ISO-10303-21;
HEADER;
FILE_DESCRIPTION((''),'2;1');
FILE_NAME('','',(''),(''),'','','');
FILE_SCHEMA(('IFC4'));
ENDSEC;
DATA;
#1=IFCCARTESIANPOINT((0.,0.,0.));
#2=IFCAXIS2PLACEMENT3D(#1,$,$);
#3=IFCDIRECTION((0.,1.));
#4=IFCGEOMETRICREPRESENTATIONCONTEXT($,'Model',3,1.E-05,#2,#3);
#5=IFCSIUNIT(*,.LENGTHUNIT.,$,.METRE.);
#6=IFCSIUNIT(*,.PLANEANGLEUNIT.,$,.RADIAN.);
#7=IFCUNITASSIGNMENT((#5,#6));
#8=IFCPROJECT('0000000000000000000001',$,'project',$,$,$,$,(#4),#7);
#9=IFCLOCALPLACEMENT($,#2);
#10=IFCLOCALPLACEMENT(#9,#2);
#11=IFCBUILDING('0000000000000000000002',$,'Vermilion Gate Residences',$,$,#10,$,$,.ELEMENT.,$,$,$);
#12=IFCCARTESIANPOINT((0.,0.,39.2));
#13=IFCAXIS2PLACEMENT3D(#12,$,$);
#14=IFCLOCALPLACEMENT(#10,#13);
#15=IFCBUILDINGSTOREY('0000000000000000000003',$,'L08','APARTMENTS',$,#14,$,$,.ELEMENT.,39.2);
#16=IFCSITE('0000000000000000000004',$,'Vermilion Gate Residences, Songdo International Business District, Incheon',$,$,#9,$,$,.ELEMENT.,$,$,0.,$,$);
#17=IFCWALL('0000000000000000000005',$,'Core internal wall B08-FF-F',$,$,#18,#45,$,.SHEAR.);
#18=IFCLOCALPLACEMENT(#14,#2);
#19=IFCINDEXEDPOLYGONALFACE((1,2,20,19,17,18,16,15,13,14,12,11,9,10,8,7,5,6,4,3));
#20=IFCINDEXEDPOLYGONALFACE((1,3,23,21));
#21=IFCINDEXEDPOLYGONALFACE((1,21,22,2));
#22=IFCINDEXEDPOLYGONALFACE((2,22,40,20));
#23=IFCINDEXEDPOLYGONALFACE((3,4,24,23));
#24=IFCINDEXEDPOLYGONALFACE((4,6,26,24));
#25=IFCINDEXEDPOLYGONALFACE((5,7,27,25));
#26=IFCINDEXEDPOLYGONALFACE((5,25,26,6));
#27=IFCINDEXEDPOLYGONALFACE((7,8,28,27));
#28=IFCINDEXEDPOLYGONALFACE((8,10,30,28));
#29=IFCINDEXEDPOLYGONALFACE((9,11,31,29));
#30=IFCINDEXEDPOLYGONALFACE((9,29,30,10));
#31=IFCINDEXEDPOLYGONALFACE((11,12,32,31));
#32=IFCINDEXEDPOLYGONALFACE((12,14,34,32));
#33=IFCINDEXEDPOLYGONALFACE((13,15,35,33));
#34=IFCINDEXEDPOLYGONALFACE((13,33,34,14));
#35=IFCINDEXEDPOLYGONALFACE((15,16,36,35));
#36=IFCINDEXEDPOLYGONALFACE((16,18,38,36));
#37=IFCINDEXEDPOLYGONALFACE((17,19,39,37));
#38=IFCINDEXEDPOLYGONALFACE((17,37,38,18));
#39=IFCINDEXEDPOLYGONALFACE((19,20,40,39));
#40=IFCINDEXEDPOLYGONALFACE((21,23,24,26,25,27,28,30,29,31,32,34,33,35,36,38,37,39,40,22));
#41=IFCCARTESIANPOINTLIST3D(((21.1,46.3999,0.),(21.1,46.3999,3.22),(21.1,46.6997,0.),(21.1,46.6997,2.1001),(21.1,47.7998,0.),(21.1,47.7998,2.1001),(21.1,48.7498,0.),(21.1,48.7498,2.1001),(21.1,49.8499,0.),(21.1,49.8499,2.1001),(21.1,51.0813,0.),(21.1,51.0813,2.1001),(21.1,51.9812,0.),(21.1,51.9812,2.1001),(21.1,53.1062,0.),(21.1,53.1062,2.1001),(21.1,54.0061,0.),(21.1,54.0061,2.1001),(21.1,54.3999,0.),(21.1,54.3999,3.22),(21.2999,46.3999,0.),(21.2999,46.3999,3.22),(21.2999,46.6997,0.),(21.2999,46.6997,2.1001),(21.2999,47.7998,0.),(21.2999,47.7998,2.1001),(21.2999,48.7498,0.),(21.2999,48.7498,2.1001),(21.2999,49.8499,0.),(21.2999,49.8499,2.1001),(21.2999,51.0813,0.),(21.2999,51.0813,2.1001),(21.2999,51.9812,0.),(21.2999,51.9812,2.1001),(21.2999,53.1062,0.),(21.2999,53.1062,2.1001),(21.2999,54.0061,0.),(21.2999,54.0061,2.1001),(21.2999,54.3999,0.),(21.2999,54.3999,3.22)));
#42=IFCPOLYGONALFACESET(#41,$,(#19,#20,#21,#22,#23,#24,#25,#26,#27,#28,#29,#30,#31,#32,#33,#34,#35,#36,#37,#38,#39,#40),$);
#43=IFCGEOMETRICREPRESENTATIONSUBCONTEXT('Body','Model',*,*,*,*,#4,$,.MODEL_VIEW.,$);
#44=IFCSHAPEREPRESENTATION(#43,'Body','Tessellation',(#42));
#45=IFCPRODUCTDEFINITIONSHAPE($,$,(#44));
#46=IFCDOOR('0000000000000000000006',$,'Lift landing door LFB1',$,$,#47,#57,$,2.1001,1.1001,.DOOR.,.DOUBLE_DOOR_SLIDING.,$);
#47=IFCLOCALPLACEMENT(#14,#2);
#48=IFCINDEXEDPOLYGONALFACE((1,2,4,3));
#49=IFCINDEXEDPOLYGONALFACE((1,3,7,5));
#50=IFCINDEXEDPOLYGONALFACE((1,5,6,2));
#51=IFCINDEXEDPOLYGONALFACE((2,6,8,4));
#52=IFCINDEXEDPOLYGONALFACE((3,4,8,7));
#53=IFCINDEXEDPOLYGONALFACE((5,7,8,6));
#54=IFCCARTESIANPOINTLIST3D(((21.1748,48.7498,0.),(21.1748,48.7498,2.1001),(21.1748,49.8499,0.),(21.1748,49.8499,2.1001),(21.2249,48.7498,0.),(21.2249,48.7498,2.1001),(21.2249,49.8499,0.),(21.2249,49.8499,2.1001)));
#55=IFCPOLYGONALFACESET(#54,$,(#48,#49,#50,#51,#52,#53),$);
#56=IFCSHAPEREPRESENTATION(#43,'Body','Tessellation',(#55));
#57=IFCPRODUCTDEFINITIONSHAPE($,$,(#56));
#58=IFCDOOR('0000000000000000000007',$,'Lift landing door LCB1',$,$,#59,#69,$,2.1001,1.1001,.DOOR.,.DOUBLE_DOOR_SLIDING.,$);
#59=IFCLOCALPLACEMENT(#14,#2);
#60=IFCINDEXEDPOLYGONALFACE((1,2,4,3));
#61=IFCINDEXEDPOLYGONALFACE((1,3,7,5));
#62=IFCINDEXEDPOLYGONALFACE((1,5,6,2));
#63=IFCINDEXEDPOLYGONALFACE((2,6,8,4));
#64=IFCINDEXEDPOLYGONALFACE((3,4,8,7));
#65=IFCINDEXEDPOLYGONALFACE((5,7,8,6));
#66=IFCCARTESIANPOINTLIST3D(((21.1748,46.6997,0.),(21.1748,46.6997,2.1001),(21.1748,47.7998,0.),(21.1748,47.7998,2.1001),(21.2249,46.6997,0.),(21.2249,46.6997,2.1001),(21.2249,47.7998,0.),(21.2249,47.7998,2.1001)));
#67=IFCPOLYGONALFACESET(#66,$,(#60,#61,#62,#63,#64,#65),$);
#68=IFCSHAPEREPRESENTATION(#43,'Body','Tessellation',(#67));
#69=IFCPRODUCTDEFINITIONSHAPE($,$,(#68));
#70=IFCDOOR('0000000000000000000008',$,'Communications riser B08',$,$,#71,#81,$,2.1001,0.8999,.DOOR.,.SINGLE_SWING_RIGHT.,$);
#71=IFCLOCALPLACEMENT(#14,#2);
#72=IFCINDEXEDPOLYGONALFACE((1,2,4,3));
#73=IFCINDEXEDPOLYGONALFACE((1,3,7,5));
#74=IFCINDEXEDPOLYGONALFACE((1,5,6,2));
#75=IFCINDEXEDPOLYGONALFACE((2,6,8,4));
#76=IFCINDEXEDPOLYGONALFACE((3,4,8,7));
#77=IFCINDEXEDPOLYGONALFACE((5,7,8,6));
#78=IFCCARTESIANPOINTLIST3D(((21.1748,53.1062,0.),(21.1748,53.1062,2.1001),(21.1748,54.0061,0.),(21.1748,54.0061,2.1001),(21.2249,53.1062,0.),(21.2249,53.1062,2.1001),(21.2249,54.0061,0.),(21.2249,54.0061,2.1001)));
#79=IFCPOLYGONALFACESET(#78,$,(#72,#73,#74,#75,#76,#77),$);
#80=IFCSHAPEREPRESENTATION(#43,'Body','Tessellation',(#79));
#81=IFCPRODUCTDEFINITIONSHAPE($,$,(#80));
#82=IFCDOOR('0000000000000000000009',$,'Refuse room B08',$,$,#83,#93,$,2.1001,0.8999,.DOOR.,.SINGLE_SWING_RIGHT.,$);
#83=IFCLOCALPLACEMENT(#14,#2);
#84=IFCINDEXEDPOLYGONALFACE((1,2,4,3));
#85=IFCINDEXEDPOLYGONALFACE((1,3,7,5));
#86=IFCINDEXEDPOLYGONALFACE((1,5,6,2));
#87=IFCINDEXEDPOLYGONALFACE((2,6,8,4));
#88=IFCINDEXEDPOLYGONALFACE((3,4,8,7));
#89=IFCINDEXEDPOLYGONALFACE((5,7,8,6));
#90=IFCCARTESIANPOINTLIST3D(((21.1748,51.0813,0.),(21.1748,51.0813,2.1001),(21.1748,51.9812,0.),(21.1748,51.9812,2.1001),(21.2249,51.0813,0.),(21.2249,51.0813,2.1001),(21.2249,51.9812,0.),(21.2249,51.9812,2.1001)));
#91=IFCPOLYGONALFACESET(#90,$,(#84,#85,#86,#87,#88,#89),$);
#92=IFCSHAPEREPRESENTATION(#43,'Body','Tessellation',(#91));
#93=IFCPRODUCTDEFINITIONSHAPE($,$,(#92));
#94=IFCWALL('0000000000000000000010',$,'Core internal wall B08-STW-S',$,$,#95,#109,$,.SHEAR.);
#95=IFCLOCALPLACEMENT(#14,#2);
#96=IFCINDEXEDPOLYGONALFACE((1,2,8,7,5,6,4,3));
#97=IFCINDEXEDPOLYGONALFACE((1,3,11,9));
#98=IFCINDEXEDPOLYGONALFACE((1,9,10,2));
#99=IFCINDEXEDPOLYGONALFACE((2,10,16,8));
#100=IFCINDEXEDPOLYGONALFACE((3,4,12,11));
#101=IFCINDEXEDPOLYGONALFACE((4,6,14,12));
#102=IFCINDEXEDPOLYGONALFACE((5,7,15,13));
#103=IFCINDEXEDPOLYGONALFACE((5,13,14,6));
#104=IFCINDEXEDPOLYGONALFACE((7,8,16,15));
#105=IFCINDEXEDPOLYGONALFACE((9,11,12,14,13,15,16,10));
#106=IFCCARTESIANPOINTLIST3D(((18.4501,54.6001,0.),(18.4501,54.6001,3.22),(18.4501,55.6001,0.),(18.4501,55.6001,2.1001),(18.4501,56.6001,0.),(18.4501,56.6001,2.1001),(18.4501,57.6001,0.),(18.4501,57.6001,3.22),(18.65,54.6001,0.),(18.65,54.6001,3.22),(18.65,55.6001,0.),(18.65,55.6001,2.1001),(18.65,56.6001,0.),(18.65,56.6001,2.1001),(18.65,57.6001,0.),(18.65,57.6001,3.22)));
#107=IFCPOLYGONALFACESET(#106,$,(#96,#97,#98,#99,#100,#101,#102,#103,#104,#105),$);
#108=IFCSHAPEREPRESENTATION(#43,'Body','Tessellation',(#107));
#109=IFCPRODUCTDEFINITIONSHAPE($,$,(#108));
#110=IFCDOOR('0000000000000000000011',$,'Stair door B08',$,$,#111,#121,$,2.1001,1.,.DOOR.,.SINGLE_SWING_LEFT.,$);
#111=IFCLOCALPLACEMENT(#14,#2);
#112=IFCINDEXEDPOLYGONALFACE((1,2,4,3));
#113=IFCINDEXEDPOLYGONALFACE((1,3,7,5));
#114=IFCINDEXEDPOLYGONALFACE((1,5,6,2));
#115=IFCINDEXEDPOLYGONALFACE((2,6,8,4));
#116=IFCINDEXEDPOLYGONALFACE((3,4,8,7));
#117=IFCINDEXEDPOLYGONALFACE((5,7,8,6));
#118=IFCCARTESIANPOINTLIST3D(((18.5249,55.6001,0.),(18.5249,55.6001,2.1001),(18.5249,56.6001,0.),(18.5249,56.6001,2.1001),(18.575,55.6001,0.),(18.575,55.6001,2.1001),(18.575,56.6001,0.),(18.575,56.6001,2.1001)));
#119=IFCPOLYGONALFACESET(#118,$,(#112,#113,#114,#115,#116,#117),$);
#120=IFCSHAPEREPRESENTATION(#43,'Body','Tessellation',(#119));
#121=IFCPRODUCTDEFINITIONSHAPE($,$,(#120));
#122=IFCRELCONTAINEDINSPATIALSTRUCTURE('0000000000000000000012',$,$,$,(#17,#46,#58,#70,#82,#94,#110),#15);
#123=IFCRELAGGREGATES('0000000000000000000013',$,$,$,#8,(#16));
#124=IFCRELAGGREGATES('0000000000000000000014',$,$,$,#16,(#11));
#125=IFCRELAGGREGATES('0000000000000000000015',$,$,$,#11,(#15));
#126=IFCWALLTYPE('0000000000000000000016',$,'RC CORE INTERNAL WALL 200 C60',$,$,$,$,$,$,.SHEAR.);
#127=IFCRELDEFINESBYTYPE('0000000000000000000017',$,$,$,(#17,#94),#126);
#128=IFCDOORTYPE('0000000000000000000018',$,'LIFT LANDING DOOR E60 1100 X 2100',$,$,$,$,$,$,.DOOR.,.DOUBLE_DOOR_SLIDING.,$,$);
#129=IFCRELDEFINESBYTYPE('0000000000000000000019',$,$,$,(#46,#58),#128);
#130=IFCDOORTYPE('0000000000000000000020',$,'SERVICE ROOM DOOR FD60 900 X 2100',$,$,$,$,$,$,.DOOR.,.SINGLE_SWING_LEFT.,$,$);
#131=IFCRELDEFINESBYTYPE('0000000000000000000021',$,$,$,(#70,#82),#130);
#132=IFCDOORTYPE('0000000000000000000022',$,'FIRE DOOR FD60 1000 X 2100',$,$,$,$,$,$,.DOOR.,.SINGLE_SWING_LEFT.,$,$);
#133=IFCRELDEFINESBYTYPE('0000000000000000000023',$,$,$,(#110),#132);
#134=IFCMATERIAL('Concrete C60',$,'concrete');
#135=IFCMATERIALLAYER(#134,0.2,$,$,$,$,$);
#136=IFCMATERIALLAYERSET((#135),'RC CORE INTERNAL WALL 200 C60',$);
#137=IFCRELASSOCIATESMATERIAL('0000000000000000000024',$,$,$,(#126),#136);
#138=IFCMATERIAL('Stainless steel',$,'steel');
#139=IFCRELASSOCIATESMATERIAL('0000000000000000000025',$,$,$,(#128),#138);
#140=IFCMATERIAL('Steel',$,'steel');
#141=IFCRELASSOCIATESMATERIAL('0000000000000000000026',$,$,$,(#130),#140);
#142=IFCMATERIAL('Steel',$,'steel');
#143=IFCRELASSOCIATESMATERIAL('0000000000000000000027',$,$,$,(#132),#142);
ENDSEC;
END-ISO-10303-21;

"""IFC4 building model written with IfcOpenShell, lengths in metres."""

from ifc_helpers import new_model, si_unit, direction, frame, frame_2d, origin, place, context, subcontext, project, spatial, rectangle, extrude, material, layer, layer_set, type_object, element, fill, save


model = new_model("IFC4")

# Units and contexts
model_context = context("Model", 3, precision=1e-05, world=origin(), true_north=direction((0.0, 1.0)))
body_context = subcontext(model_context, "Body", "Model", "MODEL_VIEW")
ifc_project = project(units=[si_unit("LENGTHUNIT", "METRE"), si_unit("PLANEANGLEUNIT", "RADIAN")], contexts=[model_context])

# Site, building, storey
site_placement = place(None, origin())
site = spatial("IfcSite", under=ifc_project, at=site_placement, Name="Vermilion Gate Residences, Songdo International Business District, Incheon", CompositionType="ELEMENT", RefElevation=0.0)
building_placement = place(site_placement, origin())
building = spatial("IfcBuilding", under=site, at=building_placement, Name="Vermilion Gate Residences", CompositionType="ELEMENT")
storey_placement = place(building_placement, frame((0.0, 0.0, 39.2)))
storey = spatial("IfcBuildingStorey", under=building, at=storey_placement, Name="L08", Description="APARTMENTS", CompositionType="ELEMENT", Elevation=39.2)

# Wall, openings, doors
ifc_material_1 = material(Name="Concrete C60", Category="concrete")
ifc_layer_1 = layer(ifc_material_1, 0.2)
ifc_layer_set_1 = layer_set([ifc_layer_1], Name="RC CORE INTERNAL WALL 200 C60")
wall_type_1 = type_object("IfcWallType", Name="RC CORE INTERNAL WALL 200 C60", PredefinedType="SHEAR", material=ifc_layer_set_1)
wall_1_placement = place(storey_placement, frame((21.2, 54.3999, 0.0), z_axis=(0.0, 0.0, 1.0), x_axis=(0.0, -1.0, 0.0)))
wall_1 = element("IfcWall", 1, at=wall_1_placement, inside=storey, type_object=wall_type_1, Name="Core internal wall B08-FF-F", PredefinedType="SHEAR", context=body_context, shape_type="SweptSolid", body=[
    extrude(rectangle(XDim=8.0, YDim=0.2, at=frame_2d((4.0, 0.0))), origin(), (0.0, 0.0, 1.0), 3.22),
])
opening_1_placement = place(wall_1_placement, frame((0.3938, 0.0, 0.0)))
opening_1 = element("IfcOpeningElement", 2, at=opening_1_placement, cuts=wall_1, PredefinedType="OPENING", context=body_context, shape_type="SweptSolid", body=[
    extrude(rectangle(XDim=0.8999, YDim=2.1001, at=frame_2d((0.45, 1.05))), frame((0.0, 0.1099, 0.0), z_axis=(0.0, -1.0, 0.0), x_axis=(1.0, 0.0, 0.0)), (0.0, 0.0, 1.0), 0.22),
])
opening_2_placement = place(wall_1_placement, frame((2.4187, 0.0, 0.0)))
opening_2 = element("IfcOpeningElement", 3, at=opening_2_placement, cuts=wall_1, PredefinedType="OPENING", context=body_context, shape_type="SweptSolid", body=[
    extrude(rectangle(XDim=0.8999, YDim=2.1001, at=frame_2d((0.45, 1.05))), frame((0.0, 0.1099, 0.0), z_axis=(0.0, -1.0, 0.0), x_axis=(1.0, 0.0, 0.0)), (0.0, 0.0, 1.0), 0.22),
])
opening_3_placement = place(wall_1_placement, frame((4.55, 0.0, 0.0)))
opening_3 = element("IfcOpeningElement", 4, at=opening_3_placement, cuts=wall_1, PredefinedType="OPENING", context=body_context, shape_type="SweptSolid", body=[
    extrude(rectangle(XDim=1.1001, YDim=2.1001, at=frame_2d((0.55, 1.05))), frame((0.0, 0.1099, 0.0), z_axis=(0.0, -1.0, 0.0), x_axis=(1.0, 0.0, 0.0)), (0.0, 0.0, 1.0), 0.22),
])
opening_4_placement = place(wall_1_placement, frame((6.6001, 0.0, 0.0)))
opening_4 = element("IfcOpeningElement", 5, at=opening_4_placement, cuts=wall_1, PredefinedType="OPENING", context=body_context, shape_type="SweptSolid", body=[
    extrude(rectangle(XDim=1.1001, YDim=2.1001, at=frame_2d((0.55, 1.05))), frame((0.0, 0.1099, 0.0), z_axis=(0.0, -1.0, 0.0), x_axis=(1.0, 0.0, 0.0)), (0.0, 0.0, 1.0), 0.22),
])
ifc_material_2 = material(Name="Stainless steel", Category="steel")
door_type_1 = type_object("IfcDoorType", Name="LIFT LANDING DOOR E60 1100 X 2100", OperationType="DOUBLE_DOOR_SLIDING", PredefinedType="DOOR", material=ifc_material_2)
door_1_placement = place(opening_3_placement, origin())
door_1 = element("IfcDoor", 6, at=door_1_placement, inside=storey, type_object=door_type_1, Name="Lift landing door LFB1", OperationType="DOUBLE_DOOR_SLIDING", OverallHeight=2.1001, OverallWidth=1.1001, PredefinedType="DOOR", context=body_context, shape_type="SweptSolid", body=[
    extrude(rectangle(XDim=1.1001, YDim=2.1001, at=frame_2d((0.55, 1.05))), frame((0.0, 0.0249, 0.0), z_axis=(0.0, -1.0, 0.0), x_axis=(1.0, 0.0, 0.0)), (0.0, 0.0, 1.0), 0.05),
])
fill(opening_3, door_1)
door_2_placement = place(opening_4_placement, origin())
door_2 = element("IfcDoor", 7, at=door_2_placement, inside=storey, type_object=door_type_1, Name="Lift landing door LCB1", OperationType="DOUBLE_DOOR_SLIDING", OverallHeight=2.1001, OverallWidth=1.1001, PredefinedType="DOOR", context=body_context, shape_type="SweptSolid", body=[
    extrude(rectangle(XDim=1.1001, YDim=2.1001, at=frame_2d((0.55, 1.05))), frame((0.0, 0.0249, 0.0), z_axis=(0.0, -1.0, 0.0), x_axis=(1.0, 0.0, 0.0)), (0.0, 0.0, 1.0), 0.05),
])
fill(opening_4, door_2)
ifc_material_3 = material(Name="Steel", Category="steel")
door_type_2 = type_object("IfcDoorType", Name="SERVICE ROOM DOOR FD60 900 X 2100", OperationType="SINGLE_SWING_LEFT", PredefinedType="DOOR", material=ifc_material_3)
door_3_placement = place(opening_1_placement, origin())
door_3 = element("IfcDoor", 8, at=door_3_placement, inside=storey, type_object=door_type_2, Name="Communications riser B08", OperationType="SINGLE_SWING_RIGHT", OverallHeight=2.1001, OverallWidth=0.8999, PredefinedType="DOOR", context=body_context, shape_type="SweptSolid", body=[
    extrude(rectangle(XDim=0.8999, YDim=2.1001, at=frame_2d((0.45, 1.05))), frame((0.0, 0.0249, 0.0), z_axis=(0.0, -1.0, 0.0), x_axis=(1.0, 0.0, 0.0)), (0.0, 0.0, 1.0), 0.05),
])
fill(opening_1, door_3)
door_4_placement = place(opening_2_placement, origin())
door_4 = element("IfcDoor", 9, at=door_4_placement, inside=storey, type_object=door_type_2, Name="Refuse room B08", OperationType="SINGLE_SWING_RIGHT", OverallHeight=2.1001, OverallWidth=0.8999, PredefinedType="DOOR", context=body_context, shape_type="SweptSolid", body=[
    extrude(rectangle(XDim=0.8999, YDim=2.1001, at=frame_2d((0.45, 1.05))), frame((0.0, 0.0249, 0.0), z_axis=(0.0, -1.0, 0.0), x_axis=(1.0, 0.0, 0.0)), (0.0, 0.0, 1.0), 0.05),
])
fill(opening_2, door_4)

# Wall, opening, door
wall_2_placement = place(storey_placement, frame((18.55, 57.6001, 0.0), z_axis=(0.0, 0.0, 1.0), x_axis=(0.0, -1.0, 0.0)))
wall_2 = element("IfcWall", 10, at=wall_2_placement, inside=storey, type_object=wall_type_1, Name="Core internal wall B08-STW-S", PredefinedType="SHEAR", context=body_context, shape_type="SweptSolid", body=[
    extrude(rectangle(XDim=3.0, YDim=0.2, at=frame_2d((1.5, 0.0))), origin(), (0.0, 0.0, 1.0), 3.22),
])
opening_5_placement = place(wall_2_placement, frame((1.0, 0.0, 0.0)))
opening_5 = element("IfcOpeningElement", 11, at=opening_5_placement, cuts=wall_2, PredefinedType="OPENING", context=body_context, shape_type="SweptSolid", body=[
    extrude(rectangle(XDim=1.0, YDim=2.1001, at=frame_2d((0.5, 1.05))), frame((0.0, 0.1099, 0.0), z_axis=(0.0, -1.0, 0.0), x_axis=(1.0, 0.0, 0.0)), (0.0, 0.0, 1.0), 0.22),
])
ifc_material_4 = material(Name="Steel", Category="steel")
door_type_3 = type_object("IfcDoorType", Name="FIRE DOOR FD60 1000 X 2100", OperationType="SINGLE_SWING_LEFT", PredefinedType="DOOR", material=ifc_material_4)
door_5_placement = place(opening_5_placement, origin())
door_5 = element("IfcDoor", 12, at=door_5_placement, inside=storey, type_object=door_type_3, Name="Stair door B08", OperationType="SINGLE_SWING_LEFT", OverallHeight=2.1001, OverallWidth=1.0, PredefinedType="DOOR", context=body_context, shape_type="SweptSolid", body=[
    extrude(rectangle(XDim=1.0, YDim=2.1001, at=frame_2d((0.5, 1.05))), frame((0.0, 0.0249, 0.0), z_axis=(0.0, -1.0, 0.0), x_axis=(1.0, 0.0, 0.0)), (0.0, 0.0, 1.0), 0.05),
])
fill(opening_5, door_5)

save(model, "model.ifc")
